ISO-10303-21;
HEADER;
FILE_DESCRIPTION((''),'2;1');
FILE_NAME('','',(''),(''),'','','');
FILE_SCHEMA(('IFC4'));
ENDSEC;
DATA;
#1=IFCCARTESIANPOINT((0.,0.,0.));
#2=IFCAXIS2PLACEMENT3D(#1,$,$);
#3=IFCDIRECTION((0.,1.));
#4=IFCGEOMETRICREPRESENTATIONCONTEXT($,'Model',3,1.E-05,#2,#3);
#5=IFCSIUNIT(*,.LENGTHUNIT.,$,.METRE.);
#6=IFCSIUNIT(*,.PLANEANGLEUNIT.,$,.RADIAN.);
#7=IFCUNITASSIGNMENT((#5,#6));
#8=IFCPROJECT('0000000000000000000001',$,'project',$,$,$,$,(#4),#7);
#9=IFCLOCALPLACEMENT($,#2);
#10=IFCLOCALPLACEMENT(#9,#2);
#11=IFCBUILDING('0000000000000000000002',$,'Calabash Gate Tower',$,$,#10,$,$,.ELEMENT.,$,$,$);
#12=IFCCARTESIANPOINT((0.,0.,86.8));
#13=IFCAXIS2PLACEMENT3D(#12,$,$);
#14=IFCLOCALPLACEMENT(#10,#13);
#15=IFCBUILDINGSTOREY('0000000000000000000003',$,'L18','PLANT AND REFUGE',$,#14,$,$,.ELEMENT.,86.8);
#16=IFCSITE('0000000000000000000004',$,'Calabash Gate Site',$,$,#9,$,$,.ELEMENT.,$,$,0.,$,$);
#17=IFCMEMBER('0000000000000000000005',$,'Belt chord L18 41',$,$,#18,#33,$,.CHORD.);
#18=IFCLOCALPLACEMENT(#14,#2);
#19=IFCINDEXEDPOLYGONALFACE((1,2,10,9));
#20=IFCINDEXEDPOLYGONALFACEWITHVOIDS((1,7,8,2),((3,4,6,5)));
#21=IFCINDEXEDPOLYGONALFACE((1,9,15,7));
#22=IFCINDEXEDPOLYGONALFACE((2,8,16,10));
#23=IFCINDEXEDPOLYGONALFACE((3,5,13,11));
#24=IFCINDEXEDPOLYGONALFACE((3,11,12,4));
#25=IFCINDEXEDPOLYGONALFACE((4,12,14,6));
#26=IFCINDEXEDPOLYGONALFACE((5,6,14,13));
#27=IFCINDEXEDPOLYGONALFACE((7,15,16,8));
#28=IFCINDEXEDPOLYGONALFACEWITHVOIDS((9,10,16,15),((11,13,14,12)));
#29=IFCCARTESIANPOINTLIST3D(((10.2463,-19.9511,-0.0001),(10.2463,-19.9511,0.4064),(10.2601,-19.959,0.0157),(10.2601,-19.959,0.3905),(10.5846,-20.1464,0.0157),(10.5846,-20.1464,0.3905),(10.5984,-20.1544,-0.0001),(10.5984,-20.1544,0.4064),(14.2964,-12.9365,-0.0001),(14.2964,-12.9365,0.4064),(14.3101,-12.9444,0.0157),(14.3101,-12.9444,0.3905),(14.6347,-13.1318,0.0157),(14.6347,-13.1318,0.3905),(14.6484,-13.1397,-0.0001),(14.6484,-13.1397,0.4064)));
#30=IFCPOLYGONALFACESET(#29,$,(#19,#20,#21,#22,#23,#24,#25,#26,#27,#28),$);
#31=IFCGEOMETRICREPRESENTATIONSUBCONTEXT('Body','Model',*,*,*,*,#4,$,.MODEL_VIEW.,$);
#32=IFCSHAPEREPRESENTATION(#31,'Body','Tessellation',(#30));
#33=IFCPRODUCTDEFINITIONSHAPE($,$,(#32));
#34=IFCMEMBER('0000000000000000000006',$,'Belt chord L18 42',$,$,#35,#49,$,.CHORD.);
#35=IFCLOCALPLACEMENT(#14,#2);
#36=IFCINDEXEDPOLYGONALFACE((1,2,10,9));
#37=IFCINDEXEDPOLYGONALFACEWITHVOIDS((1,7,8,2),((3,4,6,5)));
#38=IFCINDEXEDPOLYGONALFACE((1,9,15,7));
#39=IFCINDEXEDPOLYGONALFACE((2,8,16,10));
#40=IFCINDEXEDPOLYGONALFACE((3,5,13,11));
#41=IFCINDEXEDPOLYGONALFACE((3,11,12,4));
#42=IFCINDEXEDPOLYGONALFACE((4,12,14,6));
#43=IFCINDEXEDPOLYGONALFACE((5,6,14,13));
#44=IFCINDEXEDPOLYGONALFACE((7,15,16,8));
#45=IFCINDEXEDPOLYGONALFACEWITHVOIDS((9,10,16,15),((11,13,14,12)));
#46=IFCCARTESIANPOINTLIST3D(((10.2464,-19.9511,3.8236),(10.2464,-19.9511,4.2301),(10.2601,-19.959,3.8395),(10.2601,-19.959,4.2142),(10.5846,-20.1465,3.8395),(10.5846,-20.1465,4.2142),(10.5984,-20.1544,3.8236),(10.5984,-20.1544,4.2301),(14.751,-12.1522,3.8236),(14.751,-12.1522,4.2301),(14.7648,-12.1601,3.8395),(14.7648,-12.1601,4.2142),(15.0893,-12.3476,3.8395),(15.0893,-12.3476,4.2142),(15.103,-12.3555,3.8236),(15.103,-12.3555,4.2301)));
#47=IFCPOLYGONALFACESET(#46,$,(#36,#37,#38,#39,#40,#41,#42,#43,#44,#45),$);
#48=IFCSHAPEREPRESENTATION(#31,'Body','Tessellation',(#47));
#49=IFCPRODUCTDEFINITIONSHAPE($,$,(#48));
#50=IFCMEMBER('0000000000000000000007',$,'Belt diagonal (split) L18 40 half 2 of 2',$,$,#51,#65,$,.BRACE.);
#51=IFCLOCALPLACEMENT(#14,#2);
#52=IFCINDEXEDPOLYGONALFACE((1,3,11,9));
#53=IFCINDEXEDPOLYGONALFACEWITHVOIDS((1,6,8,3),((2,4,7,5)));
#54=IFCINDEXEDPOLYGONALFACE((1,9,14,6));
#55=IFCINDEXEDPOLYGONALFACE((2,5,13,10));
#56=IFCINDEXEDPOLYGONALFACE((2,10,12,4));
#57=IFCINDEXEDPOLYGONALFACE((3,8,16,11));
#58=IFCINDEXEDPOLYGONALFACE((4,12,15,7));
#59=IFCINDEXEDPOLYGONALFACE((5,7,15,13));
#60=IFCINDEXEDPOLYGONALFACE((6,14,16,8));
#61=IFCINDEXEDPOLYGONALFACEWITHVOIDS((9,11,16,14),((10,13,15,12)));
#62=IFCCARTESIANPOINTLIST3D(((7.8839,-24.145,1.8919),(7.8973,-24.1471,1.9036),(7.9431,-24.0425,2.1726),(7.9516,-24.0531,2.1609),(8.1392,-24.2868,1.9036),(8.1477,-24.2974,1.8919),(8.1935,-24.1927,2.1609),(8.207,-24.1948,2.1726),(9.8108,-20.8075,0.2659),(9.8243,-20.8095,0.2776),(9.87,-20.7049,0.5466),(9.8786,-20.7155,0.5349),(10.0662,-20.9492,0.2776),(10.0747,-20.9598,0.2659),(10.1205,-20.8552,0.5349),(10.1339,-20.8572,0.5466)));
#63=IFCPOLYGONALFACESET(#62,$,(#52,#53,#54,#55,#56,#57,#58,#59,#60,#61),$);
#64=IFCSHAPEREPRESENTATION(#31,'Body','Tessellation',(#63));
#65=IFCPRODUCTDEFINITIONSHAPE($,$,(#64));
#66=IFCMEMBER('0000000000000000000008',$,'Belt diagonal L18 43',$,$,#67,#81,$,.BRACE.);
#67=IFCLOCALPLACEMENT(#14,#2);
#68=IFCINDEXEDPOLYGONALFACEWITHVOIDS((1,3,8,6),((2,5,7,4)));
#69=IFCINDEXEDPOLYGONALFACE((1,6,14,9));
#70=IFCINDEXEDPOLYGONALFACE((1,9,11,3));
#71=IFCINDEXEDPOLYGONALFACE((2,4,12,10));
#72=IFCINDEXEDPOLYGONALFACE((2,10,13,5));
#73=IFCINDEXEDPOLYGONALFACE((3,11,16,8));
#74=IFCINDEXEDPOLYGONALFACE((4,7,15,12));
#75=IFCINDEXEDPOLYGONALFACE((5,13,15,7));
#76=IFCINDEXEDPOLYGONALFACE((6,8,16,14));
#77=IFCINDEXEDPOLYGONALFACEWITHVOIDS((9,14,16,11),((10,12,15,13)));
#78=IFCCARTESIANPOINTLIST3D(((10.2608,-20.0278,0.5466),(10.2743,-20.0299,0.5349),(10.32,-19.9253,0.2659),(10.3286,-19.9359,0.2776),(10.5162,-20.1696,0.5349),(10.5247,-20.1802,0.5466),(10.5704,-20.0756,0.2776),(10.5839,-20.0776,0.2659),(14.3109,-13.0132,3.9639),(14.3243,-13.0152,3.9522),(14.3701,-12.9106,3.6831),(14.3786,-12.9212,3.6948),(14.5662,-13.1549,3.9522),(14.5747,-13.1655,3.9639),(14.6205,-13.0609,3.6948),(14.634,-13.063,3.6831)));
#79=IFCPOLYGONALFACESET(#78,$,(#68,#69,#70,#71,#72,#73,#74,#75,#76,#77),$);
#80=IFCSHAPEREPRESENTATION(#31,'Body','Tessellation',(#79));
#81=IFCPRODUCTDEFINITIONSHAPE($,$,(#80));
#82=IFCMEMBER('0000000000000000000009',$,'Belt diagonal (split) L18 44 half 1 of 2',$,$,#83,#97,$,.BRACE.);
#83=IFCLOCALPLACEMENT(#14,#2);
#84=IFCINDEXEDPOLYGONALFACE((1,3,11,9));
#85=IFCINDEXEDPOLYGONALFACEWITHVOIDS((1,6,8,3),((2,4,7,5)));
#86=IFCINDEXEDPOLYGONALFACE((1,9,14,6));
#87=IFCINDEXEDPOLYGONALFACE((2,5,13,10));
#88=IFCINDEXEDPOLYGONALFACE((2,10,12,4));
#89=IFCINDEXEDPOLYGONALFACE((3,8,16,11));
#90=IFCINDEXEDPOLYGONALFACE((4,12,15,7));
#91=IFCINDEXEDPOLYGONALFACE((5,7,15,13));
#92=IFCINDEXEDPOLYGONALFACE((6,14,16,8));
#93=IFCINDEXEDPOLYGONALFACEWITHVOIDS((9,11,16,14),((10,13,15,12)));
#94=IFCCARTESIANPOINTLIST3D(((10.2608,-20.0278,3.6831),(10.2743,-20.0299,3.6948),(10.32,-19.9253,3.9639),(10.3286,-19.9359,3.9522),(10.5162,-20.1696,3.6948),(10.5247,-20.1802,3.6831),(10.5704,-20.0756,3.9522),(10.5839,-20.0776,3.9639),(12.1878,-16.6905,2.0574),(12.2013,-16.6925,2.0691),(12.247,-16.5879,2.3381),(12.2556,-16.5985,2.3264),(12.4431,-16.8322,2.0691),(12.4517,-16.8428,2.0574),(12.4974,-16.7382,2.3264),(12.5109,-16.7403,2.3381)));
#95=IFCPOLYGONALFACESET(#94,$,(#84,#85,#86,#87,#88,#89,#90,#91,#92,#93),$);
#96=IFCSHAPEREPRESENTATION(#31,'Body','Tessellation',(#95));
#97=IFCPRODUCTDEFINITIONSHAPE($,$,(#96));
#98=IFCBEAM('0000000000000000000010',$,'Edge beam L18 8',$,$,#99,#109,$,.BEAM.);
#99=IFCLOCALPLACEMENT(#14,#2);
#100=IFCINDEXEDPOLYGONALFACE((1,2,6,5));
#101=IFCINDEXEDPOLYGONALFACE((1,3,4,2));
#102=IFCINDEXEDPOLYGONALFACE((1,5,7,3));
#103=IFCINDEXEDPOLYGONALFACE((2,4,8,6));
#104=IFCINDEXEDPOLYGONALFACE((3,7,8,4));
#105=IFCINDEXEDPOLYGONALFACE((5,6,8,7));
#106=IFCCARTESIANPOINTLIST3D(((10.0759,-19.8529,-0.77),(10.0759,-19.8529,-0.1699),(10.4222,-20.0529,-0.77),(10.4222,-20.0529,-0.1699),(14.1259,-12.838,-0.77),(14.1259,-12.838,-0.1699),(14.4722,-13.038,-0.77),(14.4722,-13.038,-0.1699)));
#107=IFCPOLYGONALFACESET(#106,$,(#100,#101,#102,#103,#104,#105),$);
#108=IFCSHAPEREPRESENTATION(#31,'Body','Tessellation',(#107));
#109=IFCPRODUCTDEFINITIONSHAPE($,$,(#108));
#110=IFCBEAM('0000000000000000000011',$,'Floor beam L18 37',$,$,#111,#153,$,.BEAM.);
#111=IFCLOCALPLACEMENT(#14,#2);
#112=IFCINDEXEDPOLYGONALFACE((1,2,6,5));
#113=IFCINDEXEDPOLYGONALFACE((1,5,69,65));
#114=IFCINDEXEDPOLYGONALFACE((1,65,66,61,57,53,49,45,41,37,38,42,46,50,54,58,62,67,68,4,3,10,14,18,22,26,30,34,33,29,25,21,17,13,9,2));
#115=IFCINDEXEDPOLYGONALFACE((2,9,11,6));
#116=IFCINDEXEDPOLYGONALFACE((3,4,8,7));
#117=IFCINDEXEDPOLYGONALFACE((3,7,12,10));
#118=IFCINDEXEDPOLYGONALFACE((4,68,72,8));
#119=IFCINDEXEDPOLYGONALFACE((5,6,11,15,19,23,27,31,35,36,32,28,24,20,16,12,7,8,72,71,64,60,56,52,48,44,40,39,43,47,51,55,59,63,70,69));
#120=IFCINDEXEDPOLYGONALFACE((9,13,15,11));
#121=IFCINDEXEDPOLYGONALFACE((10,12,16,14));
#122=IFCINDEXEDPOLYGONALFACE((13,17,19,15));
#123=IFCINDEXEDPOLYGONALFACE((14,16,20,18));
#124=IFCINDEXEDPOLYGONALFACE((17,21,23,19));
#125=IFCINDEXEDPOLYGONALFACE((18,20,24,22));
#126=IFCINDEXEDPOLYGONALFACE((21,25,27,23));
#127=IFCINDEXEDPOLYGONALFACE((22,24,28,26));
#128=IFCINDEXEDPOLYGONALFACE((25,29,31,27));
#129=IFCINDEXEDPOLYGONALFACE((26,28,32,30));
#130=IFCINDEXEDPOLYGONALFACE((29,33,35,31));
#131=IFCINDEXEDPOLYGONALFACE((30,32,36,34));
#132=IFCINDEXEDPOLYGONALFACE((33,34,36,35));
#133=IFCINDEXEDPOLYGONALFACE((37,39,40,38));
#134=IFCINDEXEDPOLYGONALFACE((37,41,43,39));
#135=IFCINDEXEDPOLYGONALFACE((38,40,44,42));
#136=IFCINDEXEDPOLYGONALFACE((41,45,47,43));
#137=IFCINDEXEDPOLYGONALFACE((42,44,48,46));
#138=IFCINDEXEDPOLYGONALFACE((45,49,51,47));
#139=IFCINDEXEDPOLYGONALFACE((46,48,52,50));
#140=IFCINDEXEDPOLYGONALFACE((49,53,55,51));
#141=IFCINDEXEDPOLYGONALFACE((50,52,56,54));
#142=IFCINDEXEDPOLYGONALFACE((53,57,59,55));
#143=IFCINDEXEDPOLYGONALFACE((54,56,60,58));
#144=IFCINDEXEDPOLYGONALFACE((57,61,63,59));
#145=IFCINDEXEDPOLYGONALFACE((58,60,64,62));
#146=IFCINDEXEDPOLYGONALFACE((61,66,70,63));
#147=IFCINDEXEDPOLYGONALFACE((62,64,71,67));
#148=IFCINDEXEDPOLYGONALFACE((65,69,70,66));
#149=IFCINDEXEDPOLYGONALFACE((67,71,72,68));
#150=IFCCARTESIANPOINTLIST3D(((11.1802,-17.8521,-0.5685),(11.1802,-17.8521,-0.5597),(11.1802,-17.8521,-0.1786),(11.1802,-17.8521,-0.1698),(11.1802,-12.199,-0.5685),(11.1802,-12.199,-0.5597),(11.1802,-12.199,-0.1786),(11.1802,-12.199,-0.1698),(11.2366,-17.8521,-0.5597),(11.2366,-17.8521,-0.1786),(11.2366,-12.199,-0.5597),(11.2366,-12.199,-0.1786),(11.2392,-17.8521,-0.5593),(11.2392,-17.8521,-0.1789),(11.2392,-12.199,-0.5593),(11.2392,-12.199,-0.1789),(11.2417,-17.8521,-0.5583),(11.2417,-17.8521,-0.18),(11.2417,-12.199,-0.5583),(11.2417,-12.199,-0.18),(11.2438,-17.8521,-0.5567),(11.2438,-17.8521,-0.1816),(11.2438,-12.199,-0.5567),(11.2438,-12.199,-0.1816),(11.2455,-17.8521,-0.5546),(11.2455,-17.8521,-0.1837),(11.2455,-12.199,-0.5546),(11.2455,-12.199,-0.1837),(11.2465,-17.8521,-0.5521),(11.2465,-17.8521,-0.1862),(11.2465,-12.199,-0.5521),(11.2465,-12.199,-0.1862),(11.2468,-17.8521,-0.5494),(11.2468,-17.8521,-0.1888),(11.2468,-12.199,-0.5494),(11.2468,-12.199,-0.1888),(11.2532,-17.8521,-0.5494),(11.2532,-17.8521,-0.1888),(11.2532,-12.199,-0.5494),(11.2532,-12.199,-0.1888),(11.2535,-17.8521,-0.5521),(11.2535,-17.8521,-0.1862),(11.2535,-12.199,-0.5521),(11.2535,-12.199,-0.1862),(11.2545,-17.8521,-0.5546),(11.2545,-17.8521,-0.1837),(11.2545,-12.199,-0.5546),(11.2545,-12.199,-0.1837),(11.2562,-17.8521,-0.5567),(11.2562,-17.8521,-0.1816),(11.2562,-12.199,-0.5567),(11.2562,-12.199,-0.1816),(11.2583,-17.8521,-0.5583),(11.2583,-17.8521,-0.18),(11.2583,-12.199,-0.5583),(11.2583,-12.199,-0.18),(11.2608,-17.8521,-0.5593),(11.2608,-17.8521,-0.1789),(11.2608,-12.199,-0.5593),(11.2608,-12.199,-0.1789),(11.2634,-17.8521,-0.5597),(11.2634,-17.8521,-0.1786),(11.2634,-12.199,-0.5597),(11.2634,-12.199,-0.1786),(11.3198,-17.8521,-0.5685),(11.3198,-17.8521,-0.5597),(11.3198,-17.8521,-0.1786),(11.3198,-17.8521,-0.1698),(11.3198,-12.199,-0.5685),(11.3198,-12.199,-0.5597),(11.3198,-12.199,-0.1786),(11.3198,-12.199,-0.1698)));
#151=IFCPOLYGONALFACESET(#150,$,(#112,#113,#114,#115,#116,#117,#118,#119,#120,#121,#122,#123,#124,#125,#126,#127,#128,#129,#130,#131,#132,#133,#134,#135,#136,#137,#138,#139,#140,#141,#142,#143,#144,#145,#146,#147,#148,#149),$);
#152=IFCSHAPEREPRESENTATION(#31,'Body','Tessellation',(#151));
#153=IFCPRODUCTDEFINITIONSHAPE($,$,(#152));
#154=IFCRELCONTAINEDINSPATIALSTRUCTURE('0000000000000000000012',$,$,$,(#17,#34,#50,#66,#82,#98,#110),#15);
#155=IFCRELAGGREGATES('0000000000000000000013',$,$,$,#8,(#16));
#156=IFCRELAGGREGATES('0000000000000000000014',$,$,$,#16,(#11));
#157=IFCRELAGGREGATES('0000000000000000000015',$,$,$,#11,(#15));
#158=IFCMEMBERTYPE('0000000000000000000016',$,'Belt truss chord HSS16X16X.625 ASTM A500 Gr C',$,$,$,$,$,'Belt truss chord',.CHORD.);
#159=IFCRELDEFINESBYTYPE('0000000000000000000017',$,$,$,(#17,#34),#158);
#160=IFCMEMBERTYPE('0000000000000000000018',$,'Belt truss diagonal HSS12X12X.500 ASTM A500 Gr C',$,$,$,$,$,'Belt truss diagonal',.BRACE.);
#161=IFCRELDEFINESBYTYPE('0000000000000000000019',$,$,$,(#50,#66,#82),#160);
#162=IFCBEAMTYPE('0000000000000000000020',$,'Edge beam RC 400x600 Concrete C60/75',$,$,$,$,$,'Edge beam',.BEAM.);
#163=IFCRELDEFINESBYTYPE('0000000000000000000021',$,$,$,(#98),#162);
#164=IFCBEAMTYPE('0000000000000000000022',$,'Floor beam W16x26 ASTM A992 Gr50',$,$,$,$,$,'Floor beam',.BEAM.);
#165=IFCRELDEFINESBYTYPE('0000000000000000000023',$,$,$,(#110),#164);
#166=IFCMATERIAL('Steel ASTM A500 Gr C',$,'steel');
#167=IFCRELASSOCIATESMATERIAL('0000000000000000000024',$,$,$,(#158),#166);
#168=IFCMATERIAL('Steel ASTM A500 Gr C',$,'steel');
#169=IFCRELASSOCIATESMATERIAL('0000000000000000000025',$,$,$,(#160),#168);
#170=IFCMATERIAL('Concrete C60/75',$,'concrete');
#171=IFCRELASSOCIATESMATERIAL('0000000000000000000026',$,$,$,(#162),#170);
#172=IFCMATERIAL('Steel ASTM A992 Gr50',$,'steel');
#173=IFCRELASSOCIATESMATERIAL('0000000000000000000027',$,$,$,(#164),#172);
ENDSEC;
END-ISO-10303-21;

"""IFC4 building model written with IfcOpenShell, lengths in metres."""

from ifc_helpers import new_model, si_unit, direction, frame, origin, origin_2d, place, context, subcontext, project, spatial, rectangle, hollow_rectangle, i_section, extrude, material, material_profile, profile_set, type_object, element, save


model = new_model("IFC4")

# Units and contexts
model_context = context("Model", 3, precision=1e-05, world=origin(), true_north=direction((0.0, 1.0)))
body_context = subcontext(model_context, "Body", "Model", "MODEL_VIEW")
ifc_project = project(units=[si_unit("LENGTHUNIT", "METRE"), si_unit("PLANEANGLEUNIT", "RADIAN")], contexts=[model_context])

# Site, building, storey
site_placement = place(None, origin())
site = spatial("IfcSite", under=ifc_project, at=site_placement, Name="Calabash Gate Site", CompositionType="ELEMENT", RefElevation=0.0)
building_placement = place(site_placement, origin())
building = spatial("IfcBuilding", under=site, at=building_placement, Name="Calabash Gate Tower", CompositionType="ELEMENT")
storey_placement = place(building_placement, frame((0.0, 0.0, 86.8)))
storey = spatial("IfcBuildingStorey", under=building, at=storey_placement, Name="L18", Description="PLANT AND REFUGE", CompositionType="ELEMENT", Elevation=86.8)

# Members
ifc_material_1 = material(Name="Steel ASTM A500 Gr C", Category="steel")
ifc_material_profile_1 = material_profile(ifc_material_1, hollow_rectangle(XDim=0.4065, YDim=0.4065, WallThickness=0.0159, at=origin_2d()))
ifc_profile_set_1 = profile_set([ifc_material_profile_1], Name="Steel ASTM A500 Gr C")
member_type_1 = type_object("IfcMemberType", Name="Belt truss chord HSS16X16X.625 ASTM A500 Gr C", ElementType="Belt truss chord", PredefinedType="CHORD", material=ifc_profile_set_1)
member_1_placement = place(storey_placement, frame((10.4224, -20.0527, 0.2031), z_axis=(0.500013, 0.866018, 0.0), x_axis=(-0.866018, 0.500013, 0.0)))
element("IfcMember", 1, at=member_1_placement, inside=storey, type_object=member_type_1, Name="Belt chord L18 41", PredefinedType="CHORD", context=body_context, shape_type="SweptSolid", body=[
    extrude(hollow_rectangle(XDim=0.4065, YDim=0.4065, WallThickness=0.0159, at=origin_2d()), origin(), (0.0, 0.0, 1.0), 8.0999),
])
member_2_placement = place(storey_placement, frame((10.4224, -20.0527, 4.0269), z_axis=(0.500165, 0.86593, 0.0), x_axis=(-0.86593, 0.500165, 0.0)))
element("IfcMember", 2, at=member_2_placement, inside=storey, type_object=member_type_1, Name="Belt chord L18 42", PredefinedType="CHORD", context=body_context, shape_type="SweptSolid", body=[
    extrude(hollow_rectangle(XDim=0.4065, YDim=0.4065, WallThickness=0.0159, at=origin_2d()), origin(), (0.0, 0.0, 1.0), 9.0063),
])
ifc_material_2 = material(Name="Steel ASTM A500 Gr C", Category="steel")
ifc_material_profile_2 = material_profile(ifc_material_2, hollow_rectangle(XDim=0.3047, YDim=0.3047, WallThickness=0.0127, at=origin_2d()))
ifc_profile_set_2 = profile_set([ifc_material_profile_2], Name="Steel ASTM A500 Gr C")
member_type_2 = type_object("IfcMemberType", Name="Belt truss diagonal HSS12X12X.500 ASTM A500 Gr C", ElementType="Belt truss diagonal", PredefinedType="BRACE", material=ifc_profile_set_2)
member_3_placement = place(storey_placement, frame((8.0454, -24.1699, 2.0322), z_axis=(0.460681, 0.797918, -0.388716), x_axis=(-0.866024, 0.500002, 0.0)))
element("IfcMember", 3, at=member_3_placement, inside=storey, type_object=member_type_2, Name="Belt diagonal (split) L18 40 half 2 of 2", PredefinedType="BRACE", context=body_context, shape_type="SweptSolid", body=[
    extrude(hollow_rectangle(XDim=0.3047, YDim=0.3047, WallThickness=0.0127, at=origin_2d()), origin(), (0.0, 0.0, 1.0), 4.1829),
])
member_4_placement = place(storey_placement, frame((10.4224, -20.0527, 0.4062), z_axis=(0.460692, 0.797915, 0.38871), x_axis=(-0.866018, 0.500013, 0.0)))
element("IfcMember", 4, at=member_4_placement, inside=storey, type_object=member_type_2, Name="Belt diagonal L18 43", PredefinedType="BRACE", context=body_context, shape_type="SweptSolid", body=[
    extrude(hollow_rectangle(XDim=0.3047, YDim=0.3047, WallThickness=0.0127, at=origin_2d()), origin(), (0.0, 0.0, 1.0), 8.7913),
])
member_5_placement = place(storey_placement, frame((10.4224, -20.0527, 3.8235), z_axis=(0.460713, 0.797915, -0.388684), x_axis=(-0.866008, 0.50003, 0.0)))
element("IfcMember", 5, at=member_5_placement, inside=storey, type_object=member_type_2, Name="Belt diagonal (split) L18 44 half 1 of 2", PredefinedType="BRACE", context=body_context, shape_type="SweptSolid", body=[
    extrude(hollow_rectangle(XDim=0.3047, YDim=0.3047, WallThickness=0.0127, at=origin_2d()), origin(), (0.0, 0.0, 1.0), 4.1826),
])

# Beams
ifc_material_3 = material(Name="Concrete C60/75", Category="concrete")
ifc_material_profile_3 = material_profile(ifc_material_3, rectangle(XDim=0.3999, YDim=0.6001, at=origin_2d()))
ifc_profile_set_3 = profile_set([ifc_material_profile_3], Name="Concrete C60/75")
beam_type_1 = type_object("IfcBeamType", Name="Edge beam RC 400x600 Concrete C60/75", ElementType="Edge beam", PredefinedType="BEAM", material=ifc_profile_set_3)
beam_1_placement = place(storey_placement, frame((10.249, -19.9529, -0.47), z_axis=(0.5, 0.866025, 0.0), x_axis=(-0.866025, 0.5, 0.0)))
element("IfcBeam", 6, at=beam_1_placement, inside=storey, type_object=beam_type_1, Name="Edge beam L18 8", PredefinedType="BEAM", context=body_context, shape_type="SweptSolid", body=[
    extrude(rectangle(XDim=0.3999, YDim=0.6001, at=origin_2d()), origin(), (0.0, 0.0, 1.0), 8.1001),
])
ifc_material_4 = material(Name="Steel ASTM A992 Gr50", Category="steel")
ifc_material_profile_4 = material_profile(ifc_material_4, i_section(OverallWidth=0.1396, OverallDepth=0.3987, WebThickness=0.0063, FlangeThickness=0.0088, FilletRadius=0.0103, at=origin_2d()))
ifc_profile_set_4 = profile_set([ifc_material_profile_4], Name="Steel ASTM A992 Gr50")
beam_type_2 = type_object("IfcBeamType", Name="Floor beam W16x26 ASTM A992 Gr50", ElementType="Floor beam", PredefinedType="BEAM", material=ifc_profile_set_4)
beam_2_placement = place(storey_placement, frame((11.25, -17.8521, -0.3691), z_axis=(0.0, 1.0, 0.0), x_axis=(-1.0, 0.0, 0.0)))
element("IfcBeam", 7, at=beam_2_placement, inside=storey, type_object=beam_type_2, Name="Floor beam L18 37", PredefinedType="BEAM", context=body_context, shape_type="SweptSolid", body=[
    extrude(i_section(OverallWidth=0.1396, OverallDepth=0.3987, WebThickness=0.0063, FlangeThickness=0.0088, FilletRadius=0.0103, at=origin_2d()), origin(), (0.0, 0.0, 1.0), 5.6531),
])

save(model, "model.ifc")
